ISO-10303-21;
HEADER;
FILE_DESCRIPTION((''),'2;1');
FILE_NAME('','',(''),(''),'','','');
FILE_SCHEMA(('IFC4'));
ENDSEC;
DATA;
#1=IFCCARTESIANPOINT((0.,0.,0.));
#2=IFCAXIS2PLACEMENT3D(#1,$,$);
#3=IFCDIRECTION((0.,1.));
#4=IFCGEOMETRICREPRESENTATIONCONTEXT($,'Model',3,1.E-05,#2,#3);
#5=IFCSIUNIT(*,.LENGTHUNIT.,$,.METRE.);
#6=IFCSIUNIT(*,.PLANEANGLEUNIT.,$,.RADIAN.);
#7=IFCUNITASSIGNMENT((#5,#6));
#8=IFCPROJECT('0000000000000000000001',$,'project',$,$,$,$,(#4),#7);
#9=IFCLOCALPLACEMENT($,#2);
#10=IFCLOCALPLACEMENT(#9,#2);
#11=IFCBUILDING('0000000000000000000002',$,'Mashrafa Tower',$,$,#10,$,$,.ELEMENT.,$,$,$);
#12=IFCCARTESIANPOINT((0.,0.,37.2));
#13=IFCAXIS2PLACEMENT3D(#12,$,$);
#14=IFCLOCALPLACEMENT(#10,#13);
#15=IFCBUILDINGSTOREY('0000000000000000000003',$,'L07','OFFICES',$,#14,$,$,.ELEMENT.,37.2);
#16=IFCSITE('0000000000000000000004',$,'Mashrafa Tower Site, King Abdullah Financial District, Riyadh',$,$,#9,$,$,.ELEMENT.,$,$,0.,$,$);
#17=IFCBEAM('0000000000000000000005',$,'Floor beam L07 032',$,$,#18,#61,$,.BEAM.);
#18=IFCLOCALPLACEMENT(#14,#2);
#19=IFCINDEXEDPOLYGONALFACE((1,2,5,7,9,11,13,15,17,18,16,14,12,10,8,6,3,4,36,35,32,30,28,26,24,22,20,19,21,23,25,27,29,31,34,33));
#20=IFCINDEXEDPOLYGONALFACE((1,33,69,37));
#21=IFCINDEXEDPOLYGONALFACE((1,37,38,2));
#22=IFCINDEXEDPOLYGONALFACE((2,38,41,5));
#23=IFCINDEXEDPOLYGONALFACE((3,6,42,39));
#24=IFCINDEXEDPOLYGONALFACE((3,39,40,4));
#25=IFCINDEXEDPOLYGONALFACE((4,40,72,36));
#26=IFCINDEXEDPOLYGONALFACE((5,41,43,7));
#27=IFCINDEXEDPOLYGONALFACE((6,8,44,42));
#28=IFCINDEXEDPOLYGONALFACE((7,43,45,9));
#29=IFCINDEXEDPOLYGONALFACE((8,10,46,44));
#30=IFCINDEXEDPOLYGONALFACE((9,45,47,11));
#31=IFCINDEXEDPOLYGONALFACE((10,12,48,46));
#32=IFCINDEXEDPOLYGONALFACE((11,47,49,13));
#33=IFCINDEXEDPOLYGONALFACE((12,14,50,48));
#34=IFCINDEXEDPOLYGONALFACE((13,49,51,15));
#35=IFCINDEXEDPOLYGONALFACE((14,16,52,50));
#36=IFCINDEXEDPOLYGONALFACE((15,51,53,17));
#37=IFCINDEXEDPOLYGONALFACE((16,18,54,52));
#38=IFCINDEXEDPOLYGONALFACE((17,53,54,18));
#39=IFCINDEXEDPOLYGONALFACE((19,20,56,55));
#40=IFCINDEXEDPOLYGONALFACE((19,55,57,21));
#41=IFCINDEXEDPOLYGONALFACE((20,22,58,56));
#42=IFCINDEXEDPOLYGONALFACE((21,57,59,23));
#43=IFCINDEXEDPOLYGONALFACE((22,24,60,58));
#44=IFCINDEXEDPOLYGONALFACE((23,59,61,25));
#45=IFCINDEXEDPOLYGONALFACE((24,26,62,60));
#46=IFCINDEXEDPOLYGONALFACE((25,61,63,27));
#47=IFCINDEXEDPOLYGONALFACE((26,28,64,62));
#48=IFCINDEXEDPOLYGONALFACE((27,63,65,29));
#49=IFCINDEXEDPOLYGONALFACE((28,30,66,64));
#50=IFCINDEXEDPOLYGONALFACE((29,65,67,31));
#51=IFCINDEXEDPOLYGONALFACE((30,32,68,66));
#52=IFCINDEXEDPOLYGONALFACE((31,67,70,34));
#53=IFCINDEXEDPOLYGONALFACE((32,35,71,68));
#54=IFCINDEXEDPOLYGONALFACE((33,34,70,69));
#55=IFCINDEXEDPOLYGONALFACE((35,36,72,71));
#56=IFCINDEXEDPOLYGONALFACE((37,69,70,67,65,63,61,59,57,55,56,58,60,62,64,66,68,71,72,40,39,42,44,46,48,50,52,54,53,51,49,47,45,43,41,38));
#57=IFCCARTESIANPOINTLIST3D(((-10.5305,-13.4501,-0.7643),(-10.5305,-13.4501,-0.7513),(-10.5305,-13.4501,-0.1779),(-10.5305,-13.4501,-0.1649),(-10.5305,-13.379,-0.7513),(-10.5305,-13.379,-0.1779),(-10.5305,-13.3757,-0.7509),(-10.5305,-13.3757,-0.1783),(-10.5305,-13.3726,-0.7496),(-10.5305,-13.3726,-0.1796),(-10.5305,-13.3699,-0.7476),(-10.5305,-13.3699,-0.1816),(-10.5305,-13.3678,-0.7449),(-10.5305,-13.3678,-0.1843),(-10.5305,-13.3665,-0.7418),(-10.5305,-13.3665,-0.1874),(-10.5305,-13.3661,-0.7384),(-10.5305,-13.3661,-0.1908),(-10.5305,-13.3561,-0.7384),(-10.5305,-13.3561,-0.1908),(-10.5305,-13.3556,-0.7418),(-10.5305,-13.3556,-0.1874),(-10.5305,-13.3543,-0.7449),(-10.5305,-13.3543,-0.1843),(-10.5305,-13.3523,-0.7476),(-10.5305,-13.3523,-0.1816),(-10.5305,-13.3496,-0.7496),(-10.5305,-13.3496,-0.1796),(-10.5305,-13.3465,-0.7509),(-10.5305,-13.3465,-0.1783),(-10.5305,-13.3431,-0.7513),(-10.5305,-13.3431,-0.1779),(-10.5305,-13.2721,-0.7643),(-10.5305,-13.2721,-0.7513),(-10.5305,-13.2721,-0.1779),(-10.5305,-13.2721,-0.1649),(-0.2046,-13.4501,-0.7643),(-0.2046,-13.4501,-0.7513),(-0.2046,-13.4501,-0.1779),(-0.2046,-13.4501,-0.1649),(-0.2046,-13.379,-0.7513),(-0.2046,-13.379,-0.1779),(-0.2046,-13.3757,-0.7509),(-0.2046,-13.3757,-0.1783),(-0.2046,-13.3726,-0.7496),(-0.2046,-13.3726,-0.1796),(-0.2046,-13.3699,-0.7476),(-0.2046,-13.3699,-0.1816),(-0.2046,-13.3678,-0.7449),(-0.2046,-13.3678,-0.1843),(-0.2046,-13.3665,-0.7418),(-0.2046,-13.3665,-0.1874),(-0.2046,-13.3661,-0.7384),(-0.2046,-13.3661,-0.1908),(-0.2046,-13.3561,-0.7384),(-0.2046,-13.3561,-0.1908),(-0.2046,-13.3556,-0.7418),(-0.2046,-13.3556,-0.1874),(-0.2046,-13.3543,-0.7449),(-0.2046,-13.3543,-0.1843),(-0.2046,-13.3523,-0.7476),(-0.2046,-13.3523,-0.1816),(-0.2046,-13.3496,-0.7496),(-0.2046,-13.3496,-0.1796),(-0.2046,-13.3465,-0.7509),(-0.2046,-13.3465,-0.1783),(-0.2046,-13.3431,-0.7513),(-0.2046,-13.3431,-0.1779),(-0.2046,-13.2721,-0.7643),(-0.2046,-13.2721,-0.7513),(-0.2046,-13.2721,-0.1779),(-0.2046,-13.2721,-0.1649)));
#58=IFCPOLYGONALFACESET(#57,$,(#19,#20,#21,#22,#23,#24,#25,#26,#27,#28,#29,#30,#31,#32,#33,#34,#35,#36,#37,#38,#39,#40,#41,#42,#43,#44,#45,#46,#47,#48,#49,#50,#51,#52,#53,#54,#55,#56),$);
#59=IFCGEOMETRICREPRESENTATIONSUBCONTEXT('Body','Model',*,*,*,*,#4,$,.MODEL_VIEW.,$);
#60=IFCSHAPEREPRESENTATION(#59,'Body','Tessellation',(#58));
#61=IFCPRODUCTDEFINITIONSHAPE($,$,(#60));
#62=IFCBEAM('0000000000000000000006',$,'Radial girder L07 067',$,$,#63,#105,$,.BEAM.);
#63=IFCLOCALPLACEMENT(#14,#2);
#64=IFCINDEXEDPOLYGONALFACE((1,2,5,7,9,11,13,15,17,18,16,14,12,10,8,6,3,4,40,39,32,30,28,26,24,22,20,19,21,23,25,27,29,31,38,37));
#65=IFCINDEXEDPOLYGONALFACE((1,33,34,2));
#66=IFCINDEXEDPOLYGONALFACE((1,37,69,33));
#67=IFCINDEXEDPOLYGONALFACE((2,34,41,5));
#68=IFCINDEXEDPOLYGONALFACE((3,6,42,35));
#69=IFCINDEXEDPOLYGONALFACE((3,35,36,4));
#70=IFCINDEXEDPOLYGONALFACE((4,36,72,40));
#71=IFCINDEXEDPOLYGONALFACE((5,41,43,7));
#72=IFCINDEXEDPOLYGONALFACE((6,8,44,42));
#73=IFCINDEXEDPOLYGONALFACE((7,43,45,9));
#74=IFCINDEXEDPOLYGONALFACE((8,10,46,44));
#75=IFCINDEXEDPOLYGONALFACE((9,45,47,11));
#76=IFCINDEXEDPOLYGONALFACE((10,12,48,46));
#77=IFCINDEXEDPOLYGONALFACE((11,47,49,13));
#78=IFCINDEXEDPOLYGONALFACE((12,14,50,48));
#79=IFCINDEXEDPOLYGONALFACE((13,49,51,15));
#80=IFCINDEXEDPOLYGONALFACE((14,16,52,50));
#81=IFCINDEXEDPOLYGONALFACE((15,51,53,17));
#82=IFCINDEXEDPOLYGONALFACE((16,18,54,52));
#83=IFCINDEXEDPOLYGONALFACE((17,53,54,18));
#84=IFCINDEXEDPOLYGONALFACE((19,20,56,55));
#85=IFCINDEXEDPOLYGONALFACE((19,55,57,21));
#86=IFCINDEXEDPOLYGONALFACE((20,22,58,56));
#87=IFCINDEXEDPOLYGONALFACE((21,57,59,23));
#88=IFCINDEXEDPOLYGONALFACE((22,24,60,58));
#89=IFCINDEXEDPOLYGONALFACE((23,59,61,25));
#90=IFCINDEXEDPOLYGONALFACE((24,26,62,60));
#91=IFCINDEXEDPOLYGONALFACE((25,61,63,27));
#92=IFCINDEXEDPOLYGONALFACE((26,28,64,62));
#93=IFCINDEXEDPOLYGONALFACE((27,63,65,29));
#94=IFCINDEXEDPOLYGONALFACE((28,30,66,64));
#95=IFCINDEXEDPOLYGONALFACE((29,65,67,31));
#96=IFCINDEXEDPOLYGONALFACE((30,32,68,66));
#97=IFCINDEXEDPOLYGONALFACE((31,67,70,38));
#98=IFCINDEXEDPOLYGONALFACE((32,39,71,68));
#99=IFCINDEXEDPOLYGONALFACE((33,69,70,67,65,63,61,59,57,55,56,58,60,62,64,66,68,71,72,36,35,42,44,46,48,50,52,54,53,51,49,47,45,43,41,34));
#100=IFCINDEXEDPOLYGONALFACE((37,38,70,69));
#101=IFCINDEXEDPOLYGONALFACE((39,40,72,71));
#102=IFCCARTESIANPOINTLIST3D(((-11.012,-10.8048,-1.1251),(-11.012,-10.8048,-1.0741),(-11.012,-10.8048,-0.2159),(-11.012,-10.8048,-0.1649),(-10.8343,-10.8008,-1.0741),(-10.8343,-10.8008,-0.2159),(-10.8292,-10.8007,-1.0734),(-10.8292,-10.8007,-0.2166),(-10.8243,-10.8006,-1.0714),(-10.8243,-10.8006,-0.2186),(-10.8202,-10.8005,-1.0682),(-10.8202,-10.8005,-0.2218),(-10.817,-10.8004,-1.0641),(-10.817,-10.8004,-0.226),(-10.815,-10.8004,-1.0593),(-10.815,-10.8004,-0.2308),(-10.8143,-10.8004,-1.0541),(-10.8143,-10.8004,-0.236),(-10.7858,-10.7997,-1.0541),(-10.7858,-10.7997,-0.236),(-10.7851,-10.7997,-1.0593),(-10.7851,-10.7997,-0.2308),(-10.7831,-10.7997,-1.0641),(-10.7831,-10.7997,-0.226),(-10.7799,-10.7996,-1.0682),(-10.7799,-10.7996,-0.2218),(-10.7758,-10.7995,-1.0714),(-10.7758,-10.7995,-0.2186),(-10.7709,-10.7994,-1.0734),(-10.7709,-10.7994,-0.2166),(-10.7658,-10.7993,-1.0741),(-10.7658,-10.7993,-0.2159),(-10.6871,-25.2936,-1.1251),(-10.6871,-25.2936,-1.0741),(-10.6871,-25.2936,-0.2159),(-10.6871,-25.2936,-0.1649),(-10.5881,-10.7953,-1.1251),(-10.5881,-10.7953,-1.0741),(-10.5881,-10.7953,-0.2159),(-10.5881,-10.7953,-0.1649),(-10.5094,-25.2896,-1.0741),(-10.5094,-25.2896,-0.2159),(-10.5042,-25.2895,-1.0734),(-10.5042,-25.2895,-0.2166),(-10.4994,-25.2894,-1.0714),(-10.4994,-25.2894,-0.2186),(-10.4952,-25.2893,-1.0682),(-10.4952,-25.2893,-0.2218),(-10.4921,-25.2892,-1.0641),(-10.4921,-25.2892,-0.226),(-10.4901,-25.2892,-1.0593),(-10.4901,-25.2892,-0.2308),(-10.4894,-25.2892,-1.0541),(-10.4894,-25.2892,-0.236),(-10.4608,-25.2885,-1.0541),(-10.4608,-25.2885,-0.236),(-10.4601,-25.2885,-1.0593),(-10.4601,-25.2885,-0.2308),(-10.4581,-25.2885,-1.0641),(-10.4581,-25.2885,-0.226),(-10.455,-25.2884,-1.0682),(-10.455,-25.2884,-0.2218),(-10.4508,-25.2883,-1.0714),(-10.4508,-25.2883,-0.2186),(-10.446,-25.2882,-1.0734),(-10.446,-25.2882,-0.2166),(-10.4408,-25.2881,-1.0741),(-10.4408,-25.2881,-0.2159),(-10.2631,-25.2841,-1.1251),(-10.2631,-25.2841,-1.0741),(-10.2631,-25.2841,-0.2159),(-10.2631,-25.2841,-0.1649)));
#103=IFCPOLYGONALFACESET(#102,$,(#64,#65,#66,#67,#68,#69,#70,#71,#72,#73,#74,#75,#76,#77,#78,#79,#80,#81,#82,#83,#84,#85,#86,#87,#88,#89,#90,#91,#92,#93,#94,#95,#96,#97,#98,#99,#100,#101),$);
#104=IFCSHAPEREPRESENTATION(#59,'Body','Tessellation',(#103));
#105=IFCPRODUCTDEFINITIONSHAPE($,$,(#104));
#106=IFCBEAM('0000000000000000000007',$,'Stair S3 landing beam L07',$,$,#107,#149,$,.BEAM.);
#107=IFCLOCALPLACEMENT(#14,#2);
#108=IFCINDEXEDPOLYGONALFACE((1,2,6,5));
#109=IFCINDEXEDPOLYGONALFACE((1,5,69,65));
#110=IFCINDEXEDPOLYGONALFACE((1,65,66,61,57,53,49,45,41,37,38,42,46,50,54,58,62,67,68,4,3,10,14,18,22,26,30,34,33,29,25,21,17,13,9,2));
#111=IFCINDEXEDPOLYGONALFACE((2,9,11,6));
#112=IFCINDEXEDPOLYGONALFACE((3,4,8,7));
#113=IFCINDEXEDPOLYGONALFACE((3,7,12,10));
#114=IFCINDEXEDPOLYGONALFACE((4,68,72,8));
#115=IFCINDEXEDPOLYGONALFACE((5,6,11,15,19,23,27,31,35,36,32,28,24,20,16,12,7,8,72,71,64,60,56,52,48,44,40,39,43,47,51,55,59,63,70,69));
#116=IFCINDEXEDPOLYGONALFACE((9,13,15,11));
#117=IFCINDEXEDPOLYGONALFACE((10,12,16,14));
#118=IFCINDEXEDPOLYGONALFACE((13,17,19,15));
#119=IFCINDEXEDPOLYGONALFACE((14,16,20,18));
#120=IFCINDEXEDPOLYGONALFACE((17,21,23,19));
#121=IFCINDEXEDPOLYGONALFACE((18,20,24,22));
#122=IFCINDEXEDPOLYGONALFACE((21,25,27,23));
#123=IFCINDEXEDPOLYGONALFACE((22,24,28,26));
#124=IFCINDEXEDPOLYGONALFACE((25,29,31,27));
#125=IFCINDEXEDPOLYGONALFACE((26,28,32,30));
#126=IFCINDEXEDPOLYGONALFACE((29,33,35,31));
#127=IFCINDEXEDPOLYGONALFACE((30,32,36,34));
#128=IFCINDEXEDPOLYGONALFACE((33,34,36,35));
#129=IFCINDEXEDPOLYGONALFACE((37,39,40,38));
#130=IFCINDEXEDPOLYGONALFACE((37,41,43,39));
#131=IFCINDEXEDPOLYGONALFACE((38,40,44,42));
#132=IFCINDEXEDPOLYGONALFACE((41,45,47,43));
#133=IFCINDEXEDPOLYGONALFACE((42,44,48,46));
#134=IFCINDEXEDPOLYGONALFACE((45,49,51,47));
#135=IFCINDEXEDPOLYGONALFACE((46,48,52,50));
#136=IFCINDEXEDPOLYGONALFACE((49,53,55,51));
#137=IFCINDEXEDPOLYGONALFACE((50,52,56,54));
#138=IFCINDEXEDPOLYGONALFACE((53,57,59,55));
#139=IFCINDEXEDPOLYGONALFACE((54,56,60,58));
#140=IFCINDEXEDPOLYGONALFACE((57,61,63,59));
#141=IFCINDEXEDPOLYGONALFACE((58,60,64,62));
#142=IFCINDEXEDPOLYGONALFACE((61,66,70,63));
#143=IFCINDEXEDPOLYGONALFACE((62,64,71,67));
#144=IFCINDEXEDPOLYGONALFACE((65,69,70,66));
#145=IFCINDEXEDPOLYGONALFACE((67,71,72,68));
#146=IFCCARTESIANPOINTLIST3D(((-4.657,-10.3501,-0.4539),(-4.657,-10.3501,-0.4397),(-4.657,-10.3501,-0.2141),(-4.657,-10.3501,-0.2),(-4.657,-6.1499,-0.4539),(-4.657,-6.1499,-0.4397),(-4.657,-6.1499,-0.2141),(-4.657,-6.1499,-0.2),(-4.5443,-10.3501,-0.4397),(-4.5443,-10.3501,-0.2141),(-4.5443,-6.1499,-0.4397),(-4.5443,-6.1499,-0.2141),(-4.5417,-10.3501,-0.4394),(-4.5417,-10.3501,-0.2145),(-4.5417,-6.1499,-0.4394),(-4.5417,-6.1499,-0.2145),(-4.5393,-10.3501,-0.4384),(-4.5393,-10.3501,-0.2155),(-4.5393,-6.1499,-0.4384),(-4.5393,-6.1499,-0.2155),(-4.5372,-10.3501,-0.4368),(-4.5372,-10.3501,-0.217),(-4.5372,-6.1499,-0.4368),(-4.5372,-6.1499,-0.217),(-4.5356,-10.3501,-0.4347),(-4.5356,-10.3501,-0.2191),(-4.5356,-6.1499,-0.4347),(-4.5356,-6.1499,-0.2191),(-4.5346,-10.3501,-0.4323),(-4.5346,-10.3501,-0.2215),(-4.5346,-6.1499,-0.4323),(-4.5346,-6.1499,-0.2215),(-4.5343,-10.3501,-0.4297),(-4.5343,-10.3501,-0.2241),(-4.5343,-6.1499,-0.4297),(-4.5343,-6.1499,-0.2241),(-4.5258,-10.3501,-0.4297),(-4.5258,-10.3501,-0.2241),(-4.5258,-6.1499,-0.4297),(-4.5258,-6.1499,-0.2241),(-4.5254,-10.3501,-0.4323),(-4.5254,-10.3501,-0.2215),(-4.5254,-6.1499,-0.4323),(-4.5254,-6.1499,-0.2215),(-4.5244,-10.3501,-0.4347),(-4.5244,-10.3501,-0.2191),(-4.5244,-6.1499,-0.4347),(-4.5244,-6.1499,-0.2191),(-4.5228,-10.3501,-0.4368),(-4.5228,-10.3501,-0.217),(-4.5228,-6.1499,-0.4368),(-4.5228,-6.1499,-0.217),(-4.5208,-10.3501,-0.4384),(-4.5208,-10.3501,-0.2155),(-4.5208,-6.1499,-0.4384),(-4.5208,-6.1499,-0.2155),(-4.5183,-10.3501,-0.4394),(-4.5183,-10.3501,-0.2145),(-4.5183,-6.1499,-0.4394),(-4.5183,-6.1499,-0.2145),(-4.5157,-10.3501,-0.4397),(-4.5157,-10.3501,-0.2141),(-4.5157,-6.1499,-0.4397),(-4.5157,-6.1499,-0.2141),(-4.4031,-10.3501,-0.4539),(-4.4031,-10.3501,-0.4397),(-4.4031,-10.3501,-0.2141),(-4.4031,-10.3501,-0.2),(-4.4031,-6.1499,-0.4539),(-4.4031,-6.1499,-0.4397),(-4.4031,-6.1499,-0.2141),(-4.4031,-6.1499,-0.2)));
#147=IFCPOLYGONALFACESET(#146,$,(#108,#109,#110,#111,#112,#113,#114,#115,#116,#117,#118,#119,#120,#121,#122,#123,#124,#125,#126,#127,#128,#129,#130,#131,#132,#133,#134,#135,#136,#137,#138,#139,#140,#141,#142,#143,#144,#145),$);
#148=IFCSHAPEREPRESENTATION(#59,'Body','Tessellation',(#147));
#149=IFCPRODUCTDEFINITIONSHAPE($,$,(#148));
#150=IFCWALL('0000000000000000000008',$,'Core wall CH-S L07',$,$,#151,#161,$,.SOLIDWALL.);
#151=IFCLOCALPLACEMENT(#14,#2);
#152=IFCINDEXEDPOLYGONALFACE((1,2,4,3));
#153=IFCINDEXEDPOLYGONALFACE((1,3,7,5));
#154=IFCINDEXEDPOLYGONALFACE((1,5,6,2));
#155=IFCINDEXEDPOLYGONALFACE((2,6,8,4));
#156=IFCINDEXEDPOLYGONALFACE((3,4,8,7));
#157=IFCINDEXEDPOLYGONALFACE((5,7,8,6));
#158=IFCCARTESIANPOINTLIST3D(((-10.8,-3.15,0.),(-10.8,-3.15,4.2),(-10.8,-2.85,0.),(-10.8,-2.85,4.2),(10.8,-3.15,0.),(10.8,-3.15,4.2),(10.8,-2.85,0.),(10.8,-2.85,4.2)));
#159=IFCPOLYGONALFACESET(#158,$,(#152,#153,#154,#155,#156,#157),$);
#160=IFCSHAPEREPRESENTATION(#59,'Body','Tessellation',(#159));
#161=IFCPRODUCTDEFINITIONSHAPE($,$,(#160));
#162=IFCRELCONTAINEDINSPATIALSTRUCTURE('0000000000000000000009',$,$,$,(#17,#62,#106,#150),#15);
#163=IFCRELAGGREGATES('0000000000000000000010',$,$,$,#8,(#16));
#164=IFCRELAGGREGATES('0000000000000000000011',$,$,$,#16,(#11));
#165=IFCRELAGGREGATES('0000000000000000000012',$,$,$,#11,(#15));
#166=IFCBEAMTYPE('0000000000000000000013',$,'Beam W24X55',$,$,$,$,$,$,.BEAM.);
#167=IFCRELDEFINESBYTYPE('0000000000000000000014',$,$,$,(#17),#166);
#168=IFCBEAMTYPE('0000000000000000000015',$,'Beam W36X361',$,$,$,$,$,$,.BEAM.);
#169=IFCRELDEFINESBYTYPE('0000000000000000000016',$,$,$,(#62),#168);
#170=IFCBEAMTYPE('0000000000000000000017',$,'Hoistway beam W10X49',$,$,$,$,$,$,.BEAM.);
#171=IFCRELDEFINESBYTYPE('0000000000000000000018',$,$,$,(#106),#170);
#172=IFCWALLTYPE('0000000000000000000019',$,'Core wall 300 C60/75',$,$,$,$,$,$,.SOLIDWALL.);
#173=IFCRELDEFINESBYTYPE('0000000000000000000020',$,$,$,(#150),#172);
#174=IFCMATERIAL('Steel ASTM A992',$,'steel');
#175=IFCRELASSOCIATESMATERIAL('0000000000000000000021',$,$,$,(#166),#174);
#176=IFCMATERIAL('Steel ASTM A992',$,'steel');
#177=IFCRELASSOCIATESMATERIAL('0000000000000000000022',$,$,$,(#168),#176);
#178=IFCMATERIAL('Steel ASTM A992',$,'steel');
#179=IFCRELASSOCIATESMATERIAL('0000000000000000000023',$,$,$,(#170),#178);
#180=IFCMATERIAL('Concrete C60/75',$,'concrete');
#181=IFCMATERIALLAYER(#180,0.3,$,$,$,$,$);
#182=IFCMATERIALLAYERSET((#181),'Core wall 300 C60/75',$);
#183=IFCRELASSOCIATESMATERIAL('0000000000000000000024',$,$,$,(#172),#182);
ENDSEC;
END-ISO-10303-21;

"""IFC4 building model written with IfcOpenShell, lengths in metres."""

from ifc_helpers import new_model, si_unit, direction, frame, frame_2d, origin, origin_2d, place, context, subcontext, project, spatial, rectangle, i_section, extrude, material, layer, layer_set, material_profile, profile_set, type_object, element, save


model = new_model("IFC4")

# Units and contexts
model_context = context("Model", 3, precision=1e-05, world=origin(), true_north=direction((0.0, 1.0)))
body_context = subcontext(model_context, "Body", "Model", "MODEL_VIEW")
ifc_project = project(units=[si_unit("LENGTHUNIT", "METRE"), si_unit("PLANEANGLEUNIT", "RADIAN")], contexts=[model_context])

# Site, building, storey
site_placement = place(None, origin())
site = spatial("IfcSite", under=ifc_project, at=site_placement, Name="Mashrafa Tower Site, King Abdullah Financial District, Riyadh", CompositionType="ELEMENT", RefElevation=0.0)
building_placement = place(site_placement, origin())
building = spatial("IfcBuilding", under=site, at=building_placement, Name="Mashrafa Tower", CompositionType="ELEMENT")
storey_placement = place(building_placement, frame((0.0, 0.0, 37.2)))
storey = spatial("IfcBuildingStorey", under=building, at=storey_placement, Name="L07", Description="OFFICES", CompositionType="ELEMENT", Elevation=37.2)

# Beams
ifc_material_1 = material(Name="Steel ASTM A992", Category="steel")
ifc_material_profile_1 = material_profile(ifc_material_1, i_section(OverallWidth=0.178, OverallDepth=0.5994, WebThickness=0.01, FlangeThickness=0.0129, FilletRadius=0.0129, at=origin_2d()), Name="W24X55")
ifc_profile_set_1 = profile_set([ifc_material_profile_1], Name="Steel ASTM A992")
beam_type_1 = type_object("IfcBeamType", Name="Beam W24X55", PredefinedType="BEAM", material=ifc_profile_set_1)
beam_1_placement = place(storey_placement, frame((-0.2046, -13.3611, -0.4646), z_axis=(-1.0, 0.0, 0.0), x_axis=(0.0, -1.0, 0.0)))
element("IfcBeam", 1, at=beam_1_placement, inside=storey, type_object=beam_type_1, Name="Floor beam L07 032", PredefinedType="BEAM", context=body_context, shape_type="SweptSolid", body=[
    extrude(i_section(OverallWidth=0.178, OverallDepth=0.5994, WebThickness=0.01, FlangeThickness=0.0129, FilletRadius=0.0129, at=origin_2d()), origin(), (0.0, 0.0, 1.0), 10.3259),
])
ifc_material_2 = material(Name="Steel ASTM A992", Category="steel")
ifc_material_profile_2 = material_profile(ifc_material_2, i_section(OverallWidth=0.4241, OverallDepth=0.9602, WebThickness=0.0286, FlangeThickness=0.051, FilletRadius=0.02, at=origin_2d()), Name="W36X361")
ifc_profile_set_2 = profile_set([ifc_material_profile_2], Name="Steel ASTM A992")
beam_type_2 = type_object("IfcBeamType", Name="Beam W36X361", PredefinedType="BEAM", material=ifc_profile_set_2)
beam_2_placement = place(storey_placement, frame((-10.8, -10.8, -0.645), z_axis=(0.022422, -0.999749, 0.0), x_axis=(0.999749, 0.022422, 0.0)))
element("IfcBeam", 2, at=beam_2_placement, inside=storey, type_object=beam_type_2, Name="Radial girder L07 067", PredefinedType="BEAM", context=body_context, shape_type="SweptSolid", body=[
    extrude(i_section(OverallWidth=0.4241, OverallDepth=0.9602, WebThickness=0.0286, FlangeThickness=0.051, FilletRadius=0.02, at=origin_2d()), origin(), (0.0, 0.0, 1.0), 14.4924),
])
ifc_material_3 = material(Name="Steel ASTM A992", Category="steel")
ifc_material_profile_3 = material_profile(ifc_material_3, i_section(OverallWidth=0.2539, OverallDepth=0.2539, WebThickness=0.0085, FlangeThickness=0.0142, FilletRadius=0.01, at=origin_2d()), Name="W10X49")
ifc_profile_set_3 = profile_set([ifc_material_profile_3], Name="Steel ASTM A992")
beam_type_3 = type_object("IfcBeamType", Name="Hoistway beam W10X49", PredefinedType="BEAM", material=ifc_profile_set_3)
beam_3_placement = place(storey_placement, frame((-4.53, -10.3501, -0.3269), z_axis=(0.0, 1.0, 0.0), x_axis=(-1.0, 0.0, 0.0)))
element("IfcBeam", 3, at=beam_3_placement, inside=storey, type_object=beam_type_3, Name="Stair S3 landing beam L07", PredefinedType="BEAM", context=body_context, shape_type="SweptSolid", body=[
    extrude(i_section(OverallWidth=0.2539, OverallDepth=0.2539, WebThickness=0.0085, FlangeThickness=0.0142, FilletRadius=0.01, at=origin_2d()), origin(), (0.0, 0.0, 1.0), 4.2002),
])

# Wall
ifc_material_4 = material(Name="Concrete C60/75", Category="concrete")
ifc_layer_1 = layer(ifc_material_4, 0.3)
ifc_layer_set_1 = layer_set([ifc_layer_1], Name="Core wall 300 C60/75")
wall_type_1 = type_object("IfcWallType", Name="Core wall 300 C60/75", PredefinedType="SOLIDWALL", material=ifc_layer_set_1)
wall_1_placement = place(storey_placement, frame((-10.8, -3.0, 0.0), z_axis=(0.0, 0.0, 1.0), x_axis=(1.0, 0.0, 0.0)))
element("IfcWall", 4, at=wall_1_placement, inside=storey, type_object=wall_type_1, Name="Core wall CH-S L07", PredefinedType="SOLIDWALL", context=body_context, shape_type="SweptSolid", body=[
    extrude(rectangle(XDim=21.6001, YDim=0.3, at=frame_2d((10.8, 0.0))), origin(), (0.0, 0.0, 1.0), 4.2),
])

save(model, "model.ifc")
